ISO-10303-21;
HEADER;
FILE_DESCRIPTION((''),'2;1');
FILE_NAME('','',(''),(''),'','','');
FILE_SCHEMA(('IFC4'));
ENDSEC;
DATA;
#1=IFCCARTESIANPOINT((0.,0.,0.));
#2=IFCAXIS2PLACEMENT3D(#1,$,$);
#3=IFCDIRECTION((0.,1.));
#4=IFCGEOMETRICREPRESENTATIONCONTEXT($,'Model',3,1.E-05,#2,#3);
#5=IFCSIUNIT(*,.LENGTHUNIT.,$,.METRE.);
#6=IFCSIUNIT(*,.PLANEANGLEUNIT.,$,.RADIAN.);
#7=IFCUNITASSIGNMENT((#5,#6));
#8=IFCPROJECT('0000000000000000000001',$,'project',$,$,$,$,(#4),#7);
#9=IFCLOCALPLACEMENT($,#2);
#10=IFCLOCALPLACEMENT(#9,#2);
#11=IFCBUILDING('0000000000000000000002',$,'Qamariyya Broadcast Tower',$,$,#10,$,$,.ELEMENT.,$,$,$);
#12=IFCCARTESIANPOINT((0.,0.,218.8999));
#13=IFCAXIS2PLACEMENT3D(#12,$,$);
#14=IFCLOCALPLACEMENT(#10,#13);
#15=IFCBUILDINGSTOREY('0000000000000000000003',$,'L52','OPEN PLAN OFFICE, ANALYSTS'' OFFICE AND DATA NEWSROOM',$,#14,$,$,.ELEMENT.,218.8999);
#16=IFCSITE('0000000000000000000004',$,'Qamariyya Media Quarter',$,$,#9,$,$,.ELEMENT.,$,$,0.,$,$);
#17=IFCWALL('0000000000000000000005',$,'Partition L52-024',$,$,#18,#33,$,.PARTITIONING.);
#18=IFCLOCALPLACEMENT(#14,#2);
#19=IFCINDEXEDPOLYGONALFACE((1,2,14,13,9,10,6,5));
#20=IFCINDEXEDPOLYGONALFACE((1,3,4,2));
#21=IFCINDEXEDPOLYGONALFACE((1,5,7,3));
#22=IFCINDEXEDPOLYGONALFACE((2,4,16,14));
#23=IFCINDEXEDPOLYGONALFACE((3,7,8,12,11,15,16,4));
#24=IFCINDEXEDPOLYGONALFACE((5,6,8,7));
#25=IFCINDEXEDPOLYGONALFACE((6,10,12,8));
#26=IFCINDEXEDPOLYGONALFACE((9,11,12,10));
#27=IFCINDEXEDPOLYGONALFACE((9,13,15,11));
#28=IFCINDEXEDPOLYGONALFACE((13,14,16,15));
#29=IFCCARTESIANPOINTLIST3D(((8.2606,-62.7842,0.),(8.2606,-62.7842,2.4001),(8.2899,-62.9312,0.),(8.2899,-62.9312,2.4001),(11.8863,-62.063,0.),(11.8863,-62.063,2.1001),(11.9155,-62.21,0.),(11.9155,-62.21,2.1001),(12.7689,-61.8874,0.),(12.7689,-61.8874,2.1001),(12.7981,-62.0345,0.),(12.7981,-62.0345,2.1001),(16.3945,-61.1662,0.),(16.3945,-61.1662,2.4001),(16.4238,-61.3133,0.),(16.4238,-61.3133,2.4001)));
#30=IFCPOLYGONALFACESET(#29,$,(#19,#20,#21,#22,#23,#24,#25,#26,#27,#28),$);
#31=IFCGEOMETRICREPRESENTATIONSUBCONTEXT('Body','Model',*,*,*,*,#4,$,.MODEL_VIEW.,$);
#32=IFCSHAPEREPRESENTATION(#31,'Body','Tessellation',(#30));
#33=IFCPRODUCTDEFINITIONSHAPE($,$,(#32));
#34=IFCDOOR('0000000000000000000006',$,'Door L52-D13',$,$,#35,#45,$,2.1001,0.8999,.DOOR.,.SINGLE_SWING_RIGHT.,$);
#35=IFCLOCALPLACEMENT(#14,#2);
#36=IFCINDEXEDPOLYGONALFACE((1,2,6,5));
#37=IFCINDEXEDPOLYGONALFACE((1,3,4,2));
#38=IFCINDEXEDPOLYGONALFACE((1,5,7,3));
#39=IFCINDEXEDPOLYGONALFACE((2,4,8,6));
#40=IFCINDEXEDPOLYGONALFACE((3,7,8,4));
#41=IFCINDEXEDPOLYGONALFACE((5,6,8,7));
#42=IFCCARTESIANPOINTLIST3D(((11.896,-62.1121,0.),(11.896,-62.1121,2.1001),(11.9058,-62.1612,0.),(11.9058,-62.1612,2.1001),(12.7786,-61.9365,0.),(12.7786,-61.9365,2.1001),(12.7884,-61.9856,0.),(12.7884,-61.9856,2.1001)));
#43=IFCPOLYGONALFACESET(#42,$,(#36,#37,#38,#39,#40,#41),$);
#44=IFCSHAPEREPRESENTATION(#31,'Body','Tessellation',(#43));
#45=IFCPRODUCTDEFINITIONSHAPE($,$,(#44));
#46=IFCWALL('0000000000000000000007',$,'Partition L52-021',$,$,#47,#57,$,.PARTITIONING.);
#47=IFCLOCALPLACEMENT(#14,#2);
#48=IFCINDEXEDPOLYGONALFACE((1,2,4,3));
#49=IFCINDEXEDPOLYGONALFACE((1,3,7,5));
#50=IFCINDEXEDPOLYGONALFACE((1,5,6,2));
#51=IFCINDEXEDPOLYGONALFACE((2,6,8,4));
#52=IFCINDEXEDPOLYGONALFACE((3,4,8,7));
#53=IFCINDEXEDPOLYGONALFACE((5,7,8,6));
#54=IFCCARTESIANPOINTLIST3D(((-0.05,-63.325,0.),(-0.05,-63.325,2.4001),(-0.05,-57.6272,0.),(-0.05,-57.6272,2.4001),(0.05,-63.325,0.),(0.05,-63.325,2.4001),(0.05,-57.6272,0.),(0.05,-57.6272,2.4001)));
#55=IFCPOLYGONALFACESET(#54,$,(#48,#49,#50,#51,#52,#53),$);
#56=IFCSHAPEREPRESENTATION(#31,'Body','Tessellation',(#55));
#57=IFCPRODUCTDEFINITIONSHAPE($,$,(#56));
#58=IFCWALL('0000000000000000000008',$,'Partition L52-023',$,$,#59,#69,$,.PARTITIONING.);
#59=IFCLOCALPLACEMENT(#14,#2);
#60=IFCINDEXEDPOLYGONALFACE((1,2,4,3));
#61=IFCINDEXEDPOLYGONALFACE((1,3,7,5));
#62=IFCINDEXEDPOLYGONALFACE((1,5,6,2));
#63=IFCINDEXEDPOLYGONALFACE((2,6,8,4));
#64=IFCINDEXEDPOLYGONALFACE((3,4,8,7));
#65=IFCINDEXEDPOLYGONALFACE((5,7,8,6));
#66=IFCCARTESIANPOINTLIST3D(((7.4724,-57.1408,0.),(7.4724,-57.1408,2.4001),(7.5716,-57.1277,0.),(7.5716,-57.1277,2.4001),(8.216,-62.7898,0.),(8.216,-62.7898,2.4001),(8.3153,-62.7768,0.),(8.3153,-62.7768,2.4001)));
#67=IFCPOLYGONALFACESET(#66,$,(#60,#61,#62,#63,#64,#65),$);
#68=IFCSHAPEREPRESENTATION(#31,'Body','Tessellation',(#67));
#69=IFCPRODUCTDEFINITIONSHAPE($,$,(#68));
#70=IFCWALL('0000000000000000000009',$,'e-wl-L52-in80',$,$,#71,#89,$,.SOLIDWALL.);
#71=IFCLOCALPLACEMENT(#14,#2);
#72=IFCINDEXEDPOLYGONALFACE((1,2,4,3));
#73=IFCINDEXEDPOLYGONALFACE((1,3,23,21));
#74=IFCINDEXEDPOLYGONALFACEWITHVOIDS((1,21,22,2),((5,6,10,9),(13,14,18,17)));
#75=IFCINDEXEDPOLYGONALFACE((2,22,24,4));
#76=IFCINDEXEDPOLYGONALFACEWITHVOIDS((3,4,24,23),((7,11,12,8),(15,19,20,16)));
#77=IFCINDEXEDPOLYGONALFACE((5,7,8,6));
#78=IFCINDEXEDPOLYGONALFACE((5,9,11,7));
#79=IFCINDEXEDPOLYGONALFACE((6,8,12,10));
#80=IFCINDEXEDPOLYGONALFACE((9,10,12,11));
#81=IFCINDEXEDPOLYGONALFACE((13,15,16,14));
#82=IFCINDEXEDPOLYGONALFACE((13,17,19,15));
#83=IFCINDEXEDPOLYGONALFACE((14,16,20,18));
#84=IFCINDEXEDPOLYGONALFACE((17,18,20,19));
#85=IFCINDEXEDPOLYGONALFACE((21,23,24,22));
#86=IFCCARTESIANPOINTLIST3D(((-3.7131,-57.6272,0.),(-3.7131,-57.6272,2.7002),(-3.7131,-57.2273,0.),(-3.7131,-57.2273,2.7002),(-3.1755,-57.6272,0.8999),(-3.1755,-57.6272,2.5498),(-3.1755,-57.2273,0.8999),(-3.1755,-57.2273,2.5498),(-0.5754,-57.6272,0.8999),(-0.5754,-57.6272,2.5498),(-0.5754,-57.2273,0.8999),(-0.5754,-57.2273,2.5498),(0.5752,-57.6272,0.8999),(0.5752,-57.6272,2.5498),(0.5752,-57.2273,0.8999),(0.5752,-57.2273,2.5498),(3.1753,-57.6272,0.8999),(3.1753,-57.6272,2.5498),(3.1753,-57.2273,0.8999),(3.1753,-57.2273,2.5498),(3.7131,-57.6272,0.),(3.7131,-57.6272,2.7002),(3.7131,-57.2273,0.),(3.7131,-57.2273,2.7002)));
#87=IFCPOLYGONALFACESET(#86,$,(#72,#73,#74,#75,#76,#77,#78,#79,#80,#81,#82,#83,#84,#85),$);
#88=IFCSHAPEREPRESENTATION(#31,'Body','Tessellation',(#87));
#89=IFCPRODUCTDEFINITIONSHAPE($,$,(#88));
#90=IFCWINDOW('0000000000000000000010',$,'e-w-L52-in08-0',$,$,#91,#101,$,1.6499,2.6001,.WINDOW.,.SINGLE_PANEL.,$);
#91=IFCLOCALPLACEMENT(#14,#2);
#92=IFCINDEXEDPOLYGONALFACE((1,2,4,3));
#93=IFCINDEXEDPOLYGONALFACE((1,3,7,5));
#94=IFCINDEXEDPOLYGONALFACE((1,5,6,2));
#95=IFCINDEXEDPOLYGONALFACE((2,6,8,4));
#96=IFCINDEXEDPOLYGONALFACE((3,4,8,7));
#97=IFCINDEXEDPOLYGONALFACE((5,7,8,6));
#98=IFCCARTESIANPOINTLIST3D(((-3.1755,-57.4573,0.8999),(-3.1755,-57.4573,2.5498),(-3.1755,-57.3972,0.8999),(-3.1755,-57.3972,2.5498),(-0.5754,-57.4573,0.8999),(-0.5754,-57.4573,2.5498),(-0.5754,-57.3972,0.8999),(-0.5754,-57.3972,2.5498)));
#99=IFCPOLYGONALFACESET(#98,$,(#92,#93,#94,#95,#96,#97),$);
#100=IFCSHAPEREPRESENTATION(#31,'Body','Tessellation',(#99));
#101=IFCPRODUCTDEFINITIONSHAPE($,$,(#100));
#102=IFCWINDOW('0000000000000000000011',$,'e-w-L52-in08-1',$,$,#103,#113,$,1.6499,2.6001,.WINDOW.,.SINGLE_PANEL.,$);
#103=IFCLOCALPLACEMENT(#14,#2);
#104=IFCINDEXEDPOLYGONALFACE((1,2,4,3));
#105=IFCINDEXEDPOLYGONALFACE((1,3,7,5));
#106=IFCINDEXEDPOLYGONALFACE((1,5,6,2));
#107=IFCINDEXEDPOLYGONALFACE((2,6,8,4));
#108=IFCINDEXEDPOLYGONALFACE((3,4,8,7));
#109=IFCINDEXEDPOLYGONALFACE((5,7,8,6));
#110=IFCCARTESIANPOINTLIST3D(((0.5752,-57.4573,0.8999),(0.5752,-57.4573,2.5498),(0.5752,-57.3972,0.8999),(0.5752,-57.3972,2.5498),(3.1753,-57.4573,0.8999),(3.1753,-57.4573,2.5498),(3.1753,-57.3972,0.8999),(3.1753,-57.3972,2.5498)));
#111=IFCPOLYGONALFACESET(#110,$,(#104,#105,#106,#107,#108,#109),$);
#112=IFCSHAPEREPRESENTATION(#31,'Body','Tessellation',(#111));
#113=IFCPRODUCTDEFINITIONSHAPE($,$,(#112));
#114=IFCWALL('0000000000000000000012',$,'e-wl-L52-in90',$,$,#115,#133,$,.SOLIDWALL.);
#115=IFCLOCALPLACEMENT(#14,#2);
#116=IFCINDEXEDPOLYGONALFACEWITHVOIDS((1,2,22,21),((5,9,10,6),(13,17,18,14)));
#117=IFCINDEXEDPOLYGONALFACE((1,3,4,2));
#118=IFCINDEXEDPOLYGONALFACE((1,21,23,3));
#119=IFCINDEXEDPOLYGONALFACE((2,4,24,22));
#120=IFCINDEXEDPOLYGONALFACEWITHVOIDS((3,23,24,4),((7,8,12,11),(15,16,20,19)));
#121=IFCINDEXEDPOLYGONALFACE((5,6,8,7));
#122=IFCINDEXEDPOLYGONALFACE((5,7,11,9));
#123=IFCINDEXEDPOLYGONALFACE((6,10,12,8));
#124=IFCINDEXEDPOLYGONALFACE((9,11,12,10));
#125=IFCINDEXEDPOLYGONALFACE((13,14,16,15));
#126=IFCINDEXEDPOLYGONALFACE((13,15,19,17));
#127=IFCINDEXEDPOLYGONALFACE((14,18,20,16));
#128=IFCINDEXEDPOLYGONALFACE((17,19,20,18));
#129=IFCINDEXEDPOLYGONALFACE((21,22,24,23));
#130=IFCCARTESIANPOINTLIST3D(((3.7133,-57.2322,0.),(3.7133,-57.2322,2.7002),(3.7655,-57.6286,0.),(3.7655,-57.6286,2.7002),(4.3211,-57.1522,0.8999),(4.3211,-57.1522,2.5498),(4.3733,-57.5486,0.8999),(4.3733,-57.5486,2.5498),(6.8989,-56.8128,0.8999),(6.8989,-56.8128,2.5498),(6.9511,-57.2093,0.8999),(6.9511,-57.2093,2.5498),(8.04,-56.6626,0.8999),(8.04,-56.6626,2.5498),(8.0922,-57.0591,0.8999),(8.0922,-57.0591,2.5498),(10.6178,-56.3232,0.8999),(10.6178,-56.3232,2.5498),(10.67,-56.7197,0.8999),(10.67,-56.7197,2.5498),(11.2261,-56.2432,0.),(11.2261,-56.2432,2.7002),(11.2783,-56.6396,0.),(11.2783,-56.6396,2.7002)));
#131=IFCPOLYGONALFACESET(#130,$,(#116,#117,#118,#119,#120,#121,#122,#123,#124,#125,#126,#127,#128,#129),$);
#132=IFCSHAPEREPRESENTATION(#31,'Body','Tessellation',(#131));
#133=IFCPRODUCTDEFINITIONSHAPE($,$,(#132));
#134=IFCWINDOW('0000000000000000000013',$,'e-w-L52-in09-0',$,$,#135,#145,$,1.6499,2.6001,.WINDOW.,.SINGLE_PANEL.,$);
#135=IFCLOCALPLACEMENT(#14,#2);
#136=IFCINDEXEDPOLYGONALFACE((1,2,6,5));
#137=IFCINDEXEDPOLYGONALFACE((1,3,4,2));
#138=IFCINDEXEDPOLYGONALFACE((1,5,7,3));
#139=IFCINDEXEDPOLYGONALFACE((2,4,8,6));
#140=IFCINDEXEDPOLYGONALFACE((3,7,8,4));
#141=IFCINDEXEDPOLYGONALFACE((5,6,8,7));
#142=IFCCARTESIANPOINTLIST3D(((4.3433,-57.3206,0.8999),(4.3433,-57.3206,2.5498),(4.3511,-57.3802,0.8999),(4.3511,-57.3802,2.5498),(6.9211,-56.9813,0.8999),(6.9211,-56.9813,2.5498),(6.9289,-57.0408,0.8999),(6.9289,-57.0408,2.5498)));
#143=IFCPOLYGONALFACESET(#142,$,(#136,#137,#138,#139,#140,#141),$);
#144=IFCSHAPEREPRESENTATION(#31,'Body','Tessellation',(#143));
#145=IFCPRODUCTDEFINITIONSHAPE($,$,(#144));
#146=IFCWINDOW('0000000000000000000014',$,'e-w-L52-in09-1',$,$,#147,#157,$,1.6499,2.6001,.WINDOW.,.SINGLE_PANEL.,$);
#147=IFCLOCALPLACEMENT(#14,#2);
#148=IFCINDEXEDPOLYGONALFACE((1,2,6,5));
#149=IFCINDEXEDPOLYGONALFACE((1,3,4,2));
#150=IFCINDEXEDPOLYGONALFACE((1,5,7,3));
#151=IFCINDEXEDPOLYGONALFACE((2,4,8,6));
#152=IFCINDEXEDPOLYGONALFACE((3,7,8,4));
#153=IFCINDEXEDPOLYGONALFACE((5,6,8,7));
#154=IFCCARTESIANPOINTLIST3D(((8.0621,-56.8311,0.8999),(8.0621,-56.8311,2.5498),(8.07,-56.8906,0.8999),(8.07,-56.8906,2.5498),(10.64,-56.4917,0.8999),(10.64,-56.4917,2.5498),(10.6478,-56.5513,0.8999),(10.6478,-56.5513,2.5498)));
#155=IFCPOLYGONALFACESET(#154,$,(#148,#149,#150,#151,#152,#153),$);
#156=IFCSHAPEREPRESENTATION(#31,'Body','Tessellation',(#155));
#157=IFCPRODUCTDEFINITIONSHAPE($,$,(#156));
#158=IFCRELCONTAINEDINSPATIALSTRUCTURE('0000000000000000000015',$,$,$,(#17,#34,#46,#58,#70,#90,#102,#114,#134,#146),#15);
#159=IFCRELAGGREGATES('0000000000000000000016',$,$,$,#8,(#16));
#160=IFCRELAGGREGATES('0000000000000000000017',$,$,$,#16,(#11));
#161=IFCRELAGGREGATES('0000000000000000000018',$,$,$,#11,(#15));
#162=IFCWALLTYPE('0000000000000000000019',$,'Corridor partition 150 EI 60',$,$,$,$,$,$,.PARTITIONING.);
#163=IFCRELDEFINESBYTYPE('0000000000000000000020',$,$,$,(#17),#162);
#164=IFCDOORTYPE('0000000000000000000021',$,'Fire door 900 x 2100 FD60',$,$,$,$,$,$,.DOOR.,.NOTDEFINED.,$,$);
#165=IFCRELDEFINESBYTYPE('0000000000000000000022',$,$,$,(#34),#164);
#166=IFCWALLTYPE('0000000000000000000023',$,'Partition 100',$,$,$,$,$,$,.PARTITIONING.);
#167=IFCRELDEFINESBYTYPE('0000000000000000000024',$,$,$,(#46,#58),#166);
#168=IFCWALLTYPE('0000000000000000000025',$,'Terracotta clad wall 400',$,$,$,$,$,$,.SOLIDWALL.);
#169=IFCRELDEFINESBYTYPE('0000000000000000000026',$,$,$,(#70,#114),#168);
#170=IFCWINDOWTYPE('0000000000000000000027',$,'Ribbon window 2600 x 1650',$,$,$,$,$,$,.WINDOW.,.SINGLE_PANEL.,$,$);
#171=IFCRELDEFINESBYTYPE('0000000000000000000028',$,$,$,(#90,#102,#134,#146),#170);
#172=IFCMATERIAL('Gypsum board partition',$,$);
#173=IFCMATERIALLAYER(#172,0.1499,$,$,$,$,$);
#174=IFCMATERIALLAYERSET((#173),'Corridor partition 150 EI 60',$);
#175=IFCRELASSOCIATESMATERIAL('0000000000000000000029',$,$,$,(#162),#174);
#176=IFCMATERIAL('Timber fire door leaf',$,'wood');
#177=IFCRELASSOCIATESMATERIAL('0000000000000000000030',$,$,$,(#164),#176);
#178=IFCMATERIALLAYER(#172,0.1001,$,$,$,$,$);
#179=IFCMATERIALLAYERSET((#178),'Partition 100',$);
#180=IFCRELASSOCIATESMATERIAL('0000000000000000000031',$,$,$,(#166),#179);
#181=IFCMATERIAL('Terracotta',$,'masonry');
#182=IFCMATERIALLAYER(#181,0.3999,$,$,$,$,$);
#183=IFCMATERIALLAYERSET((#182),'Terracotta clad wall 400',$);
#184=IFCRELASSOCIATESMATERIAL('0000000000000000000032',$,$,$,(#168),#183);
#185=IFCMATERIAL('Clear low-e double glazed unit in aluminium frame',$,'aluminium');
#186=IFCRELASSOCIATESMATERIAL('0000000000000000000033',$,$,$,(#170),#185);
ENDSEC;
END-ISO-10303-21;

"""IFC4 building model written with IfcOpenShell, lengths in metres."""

from ifc_helpers import new_model, si_unit, direction, frame, frame_2d, origin, place, context, subcontext, project, spatial, rectangle, extrude, material, layer, layer_set, type_object, element, fill, save


model = new_model("IFC4")

# Units and contexts
model_context = context("Model", 3, precision=1e-05, world=origin(), true_north=direction((0.0, 1.0)))
body_context = subcontext(model_context, "Body", "Model", "MODEL_VIEW")
ifc_project = project(units=[si_unit("LENGTHUNIT", "METRE"), si_unit("PLANEANGLEUNIT", "RADIAN")], contexts=[model_context])

# Site, building, storey
site_placement = place(None, origin())
site = spatial("IfcSite", under=ifc_project, at=site_placement, Name="Qamariyya Media Quarter", CompositionType="ELEMENT", RefElevation=0.0)
building_placement = place(site_placement, origin())
building = spatial("IfcBuilding", under=site, at=building_placement, Name="Qamariyya Broadcast Tower", CompositionType="ELEMENT")
storey_placement = place(building_placement, frame((0.0, 0.0, 218.8999)))
storey = spatial("IfcBuildingStorey", under=building, at=storey_placement, Name="L52", Description="OPEN PLAN OFFICE, ANALYSTS' OFFICE AND DATA NEWSROOM", CompositionType="ELEMENT", Elevation=218.8999)

# Shared definitions
ifc_material_1 = material(Name="Gypsum board partition")
ifc_layer_1 = layer(ifc_material_1, 0.1499)
ifc_layer_set_1 = layer_set([ifc_layer_1], Name="Corridor partition 150 EI 60")
wall_type_1 = type_object("IfcWallType", Name="Corridor partition 150 EI 60", PredefinedType="PARTITIONING", material=ifc_layer_set_1)
ifc_material_2 = material(Name="Timber fire door leaf", Category="wood")
door_type_1 = type_object("IfcDoorType", Name="Fire door 900 x 2100 FD60", OperationType="NOTDEFINED", PredefinedType="DOOR", material=ifc_material_2)

# Wall, opening, door
wall_1_placement = place(storey_placement, frame((8.2754, -62.8577, 0.0), z_axis=(0.0, 0.0, 1.0), x_axis=(0.980785, 0.195091, 0.0)))
wall_1 = element("IfcWall", 1, at=wall_1_placement, inside=storey, type_object=wall_type_1, Name="Partition L52-024", PredefinedType="PARTITIONING", context=body_context, shape_type="SweptSolid", body=[
    extrude(rectangle(XDim=8.2932, YDim=0.1499, at=frame_2d((4.1465, 0.0))), origin(), (0.0, 0.0, 1.0), 2.4001),
])
opening_1_placement = place(wall_1_placement, frame((3.6965, 0.0, 0.0)))
opening_1 = element("IfcOpeningElement", 2, at=opening_1_placement, cuts=wall_1, PredefinedType="OPENING", context=body_context, shape_type="SweptSolid", body=[
    extrude(rectangle(XDim=0.8999, YDim=2.1001, at=frame_2d((0.45, 1.05))), frame((0.0, 0.085, 0.0), z_axis=(0.0, -1.0, 0.0), x_axis=(1.0, 0.0, 0.0)), (0.0, 0.0, 1.0), 0.1699),
])
door_1_placement = place(opening_1_placement, origin())
door_1 = element("IfcDoor", 3, at=door_1_placement, inside=storey, type_object=door_type_1, Name="Door L52-D13", OperationType="SINGLE_SWING_RIGHT", OverallHeight=2.1001, OverallWidth=0.8999, PredefinedType="DOOR", context=body_context, shape_type="SweptSolid", body=[
    extrude(rectangle(XDim=0.8999, YDim=2.1001, at=frame_2d((0.45, 1.05))), frame((0.0, 0.0249, 0.0), z_axis=(0.0, -1.0, 0.0), x_axis=(1.0, 0.0, 0.0)), (0.0, 0.0, 1.0), 0.05),
])
fill(opening_1, door_1)

# Walls
ifc_layer_2 = layer(ifc_material_1, 0.1001)
ifc_layer_set_2 = layer_set([ifc_layer_2], Name="Partition 100")
wall_type_2 = type_object("IfcWallType", Name="Partition 100", PredefinedType="PARTITIONING", material=ifc_layer_set_2)
for number, where, z_axis, x_axis, name in (
    (4, (0.0, -57.6272, 0.0), (0.0, 0.0, 1.0), (0.0, -1.0, 0.0), "Partition L52-021"),
    (5, (7.522, -57.1343, 0.0), (0.0, 0.0, 1.0), (0.130519, -0.991446, 0.0), "Partition L52-023"),
):
    element("IfcWall", number, at=place(storey_placement, frame(where, z_axis=z_axis, x_axis=x_axis)), inside=storey, type_object=wall_type_2, Name=name, PredefinedType="PARTITIONING", context=body_context, shape_type="SweptSolid", body=[
        extrude(rectangle(XDim=5.6978, YDim=0.1001, at=frame_2d((2.8489, 0.0))), origin(), (0.0, 0.0, 1.0), 2.4001),
    ])

# Walls, openings, windows
ifc_material_3 = material(Name="Terracotta", Category="masonry")
ifc_layer_3 = layer(ifc_material_3, 0.3999)
ifc_layer_set_3 = layer_set([ifc_layer_3], Name="Terracotta clad wall 400")
wall_type_3 = type_object("IfcWallType", Name="Terracotta clad wall 400", PredefinedType="SOLIDWALL", material=ifc_layer_set_3)
wall_2_placement = place(storey_placement, frame((3.7131, -57.4272, 0.0), z_axis=(0.0, 0.0, 1.0), x_axis=(-1.0, 0.0, 0.0)))
wall_2 = element("IfcWall", 6, at=wall_2_placement, inside=storey, type_object=wall_type_3, Name="e-wl-L52-in80", PredefinedType="SOLIDWALL", context=body_context, shape_type="SweptSolid", body=[
    extrude(rectangle(XDim=7.4263, YDim=0.3999, at=frame_2d((3.7131, 0.0))), origin(), (0.0, 0.0, 1.0), 2.7002),
])
opening_2_placement = place(wall_2_placement, frame((4.2886, 0.0, 0.8999)))
opening_2 = element("IfcOpeningElement", 7, at=opening_2_placement, cuts=wall_2, PredefinedType="OPENING", context=body_context, shape_type="SweptSolid", body=[
    extrude(rectangle(XDim=2.6001, YDim=1.6499, at=frame_2d((1.3, 0.825))), frame((0.0, 0.21, 0.0), z_axis=(0.0, -1.0, 0.0), x_axis=(1.0, 0.0, 0.0)), (0.0, 0.0, 1.0), 0.4199),
])
opening_3_placement = place(wall_2_placement, frame((0.5378, 0.0, 0.8999)))
opening_3 = element("IfcOpeningElement", 8, at=opening_3_placement, cuts=wall_2, PredefinedType="OPENING", context=body_context, shape_type="SweptSolid", body=[
    extrude(rectangle(XDim=2.6001, YDim=1.6499, at=frame_2d((1.3, 0.825))), frame((0.0, 0.21, 0.0), z_axis=(0.0, -1.0, 0.0), x_axis=(1.0, 0.0, 0.0)), (0.0, 0.0, 1.0), 0.4199),
])
ifc_material_4 = material(Name="Clear low-e double glazed unit in aluminium frame", Category="aluminium")
window_type = type_object("IfcWindowType", Name="Ribbon window 2600 x 1650", PartitioningType="SINGLE_PANEL", PredefinedType="WINDOW", material=ifc_material_4)
window_1_placement = place(opening_2_placement, origin())
window_1 = element("IfcWindow", 9, at=window_1_placement, inside=storey, type_object=window_type, Name="e-w-L52-in08-0", OverallHeight=1.6499, OverallWidth=2.6001, PartitioningType="SINGLE_PANEL", PredefinedType="WINDOW", context=body_context, shape_type="SweptSolid", body=[
    extrude(rectangle(XDim=2.6001, YDim=1.6499, at=frame_2d((1.3, 0.825))), frame((0.0, 0.03, 0.0), z_axis=(0.0, -1.0, 0.0), x_axis=(1.0, 0.0, 0.0)), (0.0, 0.0, 1.0), 0.0601),
])
fill(opening_2, window_1)
window_2_placement = place(opening_3_placement, origin())
window_2 = element("IfcWindow", 10, at=window_2_placement, inside=storey, type_object=window_type, Name="e-w-L52-in08-1", OverallHeight=1.6499, OverallWidth=2.6001, PartitioningType="SINGLE_PANEL", PredefinedType="WINDOW", context=body_context, shape_type="SweptSolid", body=[
    extrude(rectangle(XDim=2.6001, YDim=1.6499, at=frame_2d((1.3, 0.825))), frame((0.0, 0.03, 0.0), z_axis=(0.0, -1.0, 0.0), x_axis=(1.0, 0.0, 0.0)), (0.0, 0.0, 1.0), 0.0601),
])
fill(opening_3, window_2)
wall_3_placement = place(storey_placement, frame((11.2522, -56.4414, 0.0), z_axis=(0.0, 0.0, 1.0), x_axis=(-0.991446, -0.130515, 0.0)))
wall_3 = element("IfcWall", 11, at=wall_3_placement, inside=storey, type_object=wall_type_3, Name="e-wl-L52-in90", PredefinedType="SOLIDWALL", context=body_context, shape_type="SweptSolid", body=[
    extrude(rectangle(XDim=7.5776, YDim=0.3999, at=frame_2d((3.7888, 0.0))), origin(), (0.0, 0.0, 1.0), 2.7002),
])
opening_4_placement = place(wall_3_placement, frame((4.3645, 0.0, 0.8999)))
opening_4 = element("IfcOpeningElement", 12, at=opening_4_placement, cuts=wall_3, PredefinedType="OPENING", context=body_context, shape_type="SweptSolid", body=[
    extrude(rectangle(XDim=2.6001, YDim=1.6499, at=frame_2d((1.3, 0.825))), frame((0.0, 0.21, 0.0), z_axis=(0.0, -1.0, 0.0), x_axis=(1.0, 0.0, 0.0)), (0.0, 0.0, 1.0), 0.4199),
])
opening_5_placement = place(wall_3_placement, frame((0.6135, 0.0, 0.8999)))
opening_5 = element("IfcOpeningElement", 13, at=opening_5_placement, cuts=wall_3, PredefinedType="OPENING", context=body_context, shape_type="SweptSolid", body=[
    extrude(rectangle(XDim=2.6001, YDim=1.6499, at=frame_2d((1.3, 0.825))), frame((0.0, 0.21, 0.0), z_axis=(0.0, -1.0, 0.0), x_axis=(1.0, 0.0, 0.0)), (0.0, 0.0, 1.0), 0.4199),
])
window_3_placement = place(opening_4_placement, origin())
window_3 = element("IfcWindow", 14, at=window_3_placement, inside=storey, type_object=window_type, Name="e-w-L52-in09-0", OverallHeight=1.6499, OverallWidth=2.6001, PartitioningType="SINGLE_PANEL", PredefinedType="WINDOW", context=body_context, shape_type="SweptSolid", body=[
    extrude(rectangle(XDim=2.6001, YDim=1.6499, at=frame_2d((1.3, 0.825))), frame((0.0, 0.03, 0.0), z_axis=(0.0, -1.0, 0.0), x_axis=(1.0, 0.0, 0.0)), (0.0, 0.0, 1.0), 0.0601),
])
fill(opening_4, window_3)
window_4_placement = place(opening_5_placement, origin())
window_4 = element("IfcWindow", 15, at=window_4_placement, inside=storey, type_object=window_type, Name="e-w-L52-in09-1", OverallHeight=1.6499, OverallWidth=2.6001, PartitioningType="SINGLE_PANEL", PredefinedType="WINDOW", context=body_context, shape_type="SweptSolid", body=[
    extrude(rectangle(XDim=2.6001, YDim=1.6499, at=frame_2d((1.3, 0.825))), frame((0.0, 0.03, 0.0), z_axis=(0.0, -1.0, 0.0), x_axis=(1.0, 0.0, 0.0)), (0.0, 0.0, 1.0), 0.0601),
])
fill(opening_5, window_4)

save(model, "model.ifc")
